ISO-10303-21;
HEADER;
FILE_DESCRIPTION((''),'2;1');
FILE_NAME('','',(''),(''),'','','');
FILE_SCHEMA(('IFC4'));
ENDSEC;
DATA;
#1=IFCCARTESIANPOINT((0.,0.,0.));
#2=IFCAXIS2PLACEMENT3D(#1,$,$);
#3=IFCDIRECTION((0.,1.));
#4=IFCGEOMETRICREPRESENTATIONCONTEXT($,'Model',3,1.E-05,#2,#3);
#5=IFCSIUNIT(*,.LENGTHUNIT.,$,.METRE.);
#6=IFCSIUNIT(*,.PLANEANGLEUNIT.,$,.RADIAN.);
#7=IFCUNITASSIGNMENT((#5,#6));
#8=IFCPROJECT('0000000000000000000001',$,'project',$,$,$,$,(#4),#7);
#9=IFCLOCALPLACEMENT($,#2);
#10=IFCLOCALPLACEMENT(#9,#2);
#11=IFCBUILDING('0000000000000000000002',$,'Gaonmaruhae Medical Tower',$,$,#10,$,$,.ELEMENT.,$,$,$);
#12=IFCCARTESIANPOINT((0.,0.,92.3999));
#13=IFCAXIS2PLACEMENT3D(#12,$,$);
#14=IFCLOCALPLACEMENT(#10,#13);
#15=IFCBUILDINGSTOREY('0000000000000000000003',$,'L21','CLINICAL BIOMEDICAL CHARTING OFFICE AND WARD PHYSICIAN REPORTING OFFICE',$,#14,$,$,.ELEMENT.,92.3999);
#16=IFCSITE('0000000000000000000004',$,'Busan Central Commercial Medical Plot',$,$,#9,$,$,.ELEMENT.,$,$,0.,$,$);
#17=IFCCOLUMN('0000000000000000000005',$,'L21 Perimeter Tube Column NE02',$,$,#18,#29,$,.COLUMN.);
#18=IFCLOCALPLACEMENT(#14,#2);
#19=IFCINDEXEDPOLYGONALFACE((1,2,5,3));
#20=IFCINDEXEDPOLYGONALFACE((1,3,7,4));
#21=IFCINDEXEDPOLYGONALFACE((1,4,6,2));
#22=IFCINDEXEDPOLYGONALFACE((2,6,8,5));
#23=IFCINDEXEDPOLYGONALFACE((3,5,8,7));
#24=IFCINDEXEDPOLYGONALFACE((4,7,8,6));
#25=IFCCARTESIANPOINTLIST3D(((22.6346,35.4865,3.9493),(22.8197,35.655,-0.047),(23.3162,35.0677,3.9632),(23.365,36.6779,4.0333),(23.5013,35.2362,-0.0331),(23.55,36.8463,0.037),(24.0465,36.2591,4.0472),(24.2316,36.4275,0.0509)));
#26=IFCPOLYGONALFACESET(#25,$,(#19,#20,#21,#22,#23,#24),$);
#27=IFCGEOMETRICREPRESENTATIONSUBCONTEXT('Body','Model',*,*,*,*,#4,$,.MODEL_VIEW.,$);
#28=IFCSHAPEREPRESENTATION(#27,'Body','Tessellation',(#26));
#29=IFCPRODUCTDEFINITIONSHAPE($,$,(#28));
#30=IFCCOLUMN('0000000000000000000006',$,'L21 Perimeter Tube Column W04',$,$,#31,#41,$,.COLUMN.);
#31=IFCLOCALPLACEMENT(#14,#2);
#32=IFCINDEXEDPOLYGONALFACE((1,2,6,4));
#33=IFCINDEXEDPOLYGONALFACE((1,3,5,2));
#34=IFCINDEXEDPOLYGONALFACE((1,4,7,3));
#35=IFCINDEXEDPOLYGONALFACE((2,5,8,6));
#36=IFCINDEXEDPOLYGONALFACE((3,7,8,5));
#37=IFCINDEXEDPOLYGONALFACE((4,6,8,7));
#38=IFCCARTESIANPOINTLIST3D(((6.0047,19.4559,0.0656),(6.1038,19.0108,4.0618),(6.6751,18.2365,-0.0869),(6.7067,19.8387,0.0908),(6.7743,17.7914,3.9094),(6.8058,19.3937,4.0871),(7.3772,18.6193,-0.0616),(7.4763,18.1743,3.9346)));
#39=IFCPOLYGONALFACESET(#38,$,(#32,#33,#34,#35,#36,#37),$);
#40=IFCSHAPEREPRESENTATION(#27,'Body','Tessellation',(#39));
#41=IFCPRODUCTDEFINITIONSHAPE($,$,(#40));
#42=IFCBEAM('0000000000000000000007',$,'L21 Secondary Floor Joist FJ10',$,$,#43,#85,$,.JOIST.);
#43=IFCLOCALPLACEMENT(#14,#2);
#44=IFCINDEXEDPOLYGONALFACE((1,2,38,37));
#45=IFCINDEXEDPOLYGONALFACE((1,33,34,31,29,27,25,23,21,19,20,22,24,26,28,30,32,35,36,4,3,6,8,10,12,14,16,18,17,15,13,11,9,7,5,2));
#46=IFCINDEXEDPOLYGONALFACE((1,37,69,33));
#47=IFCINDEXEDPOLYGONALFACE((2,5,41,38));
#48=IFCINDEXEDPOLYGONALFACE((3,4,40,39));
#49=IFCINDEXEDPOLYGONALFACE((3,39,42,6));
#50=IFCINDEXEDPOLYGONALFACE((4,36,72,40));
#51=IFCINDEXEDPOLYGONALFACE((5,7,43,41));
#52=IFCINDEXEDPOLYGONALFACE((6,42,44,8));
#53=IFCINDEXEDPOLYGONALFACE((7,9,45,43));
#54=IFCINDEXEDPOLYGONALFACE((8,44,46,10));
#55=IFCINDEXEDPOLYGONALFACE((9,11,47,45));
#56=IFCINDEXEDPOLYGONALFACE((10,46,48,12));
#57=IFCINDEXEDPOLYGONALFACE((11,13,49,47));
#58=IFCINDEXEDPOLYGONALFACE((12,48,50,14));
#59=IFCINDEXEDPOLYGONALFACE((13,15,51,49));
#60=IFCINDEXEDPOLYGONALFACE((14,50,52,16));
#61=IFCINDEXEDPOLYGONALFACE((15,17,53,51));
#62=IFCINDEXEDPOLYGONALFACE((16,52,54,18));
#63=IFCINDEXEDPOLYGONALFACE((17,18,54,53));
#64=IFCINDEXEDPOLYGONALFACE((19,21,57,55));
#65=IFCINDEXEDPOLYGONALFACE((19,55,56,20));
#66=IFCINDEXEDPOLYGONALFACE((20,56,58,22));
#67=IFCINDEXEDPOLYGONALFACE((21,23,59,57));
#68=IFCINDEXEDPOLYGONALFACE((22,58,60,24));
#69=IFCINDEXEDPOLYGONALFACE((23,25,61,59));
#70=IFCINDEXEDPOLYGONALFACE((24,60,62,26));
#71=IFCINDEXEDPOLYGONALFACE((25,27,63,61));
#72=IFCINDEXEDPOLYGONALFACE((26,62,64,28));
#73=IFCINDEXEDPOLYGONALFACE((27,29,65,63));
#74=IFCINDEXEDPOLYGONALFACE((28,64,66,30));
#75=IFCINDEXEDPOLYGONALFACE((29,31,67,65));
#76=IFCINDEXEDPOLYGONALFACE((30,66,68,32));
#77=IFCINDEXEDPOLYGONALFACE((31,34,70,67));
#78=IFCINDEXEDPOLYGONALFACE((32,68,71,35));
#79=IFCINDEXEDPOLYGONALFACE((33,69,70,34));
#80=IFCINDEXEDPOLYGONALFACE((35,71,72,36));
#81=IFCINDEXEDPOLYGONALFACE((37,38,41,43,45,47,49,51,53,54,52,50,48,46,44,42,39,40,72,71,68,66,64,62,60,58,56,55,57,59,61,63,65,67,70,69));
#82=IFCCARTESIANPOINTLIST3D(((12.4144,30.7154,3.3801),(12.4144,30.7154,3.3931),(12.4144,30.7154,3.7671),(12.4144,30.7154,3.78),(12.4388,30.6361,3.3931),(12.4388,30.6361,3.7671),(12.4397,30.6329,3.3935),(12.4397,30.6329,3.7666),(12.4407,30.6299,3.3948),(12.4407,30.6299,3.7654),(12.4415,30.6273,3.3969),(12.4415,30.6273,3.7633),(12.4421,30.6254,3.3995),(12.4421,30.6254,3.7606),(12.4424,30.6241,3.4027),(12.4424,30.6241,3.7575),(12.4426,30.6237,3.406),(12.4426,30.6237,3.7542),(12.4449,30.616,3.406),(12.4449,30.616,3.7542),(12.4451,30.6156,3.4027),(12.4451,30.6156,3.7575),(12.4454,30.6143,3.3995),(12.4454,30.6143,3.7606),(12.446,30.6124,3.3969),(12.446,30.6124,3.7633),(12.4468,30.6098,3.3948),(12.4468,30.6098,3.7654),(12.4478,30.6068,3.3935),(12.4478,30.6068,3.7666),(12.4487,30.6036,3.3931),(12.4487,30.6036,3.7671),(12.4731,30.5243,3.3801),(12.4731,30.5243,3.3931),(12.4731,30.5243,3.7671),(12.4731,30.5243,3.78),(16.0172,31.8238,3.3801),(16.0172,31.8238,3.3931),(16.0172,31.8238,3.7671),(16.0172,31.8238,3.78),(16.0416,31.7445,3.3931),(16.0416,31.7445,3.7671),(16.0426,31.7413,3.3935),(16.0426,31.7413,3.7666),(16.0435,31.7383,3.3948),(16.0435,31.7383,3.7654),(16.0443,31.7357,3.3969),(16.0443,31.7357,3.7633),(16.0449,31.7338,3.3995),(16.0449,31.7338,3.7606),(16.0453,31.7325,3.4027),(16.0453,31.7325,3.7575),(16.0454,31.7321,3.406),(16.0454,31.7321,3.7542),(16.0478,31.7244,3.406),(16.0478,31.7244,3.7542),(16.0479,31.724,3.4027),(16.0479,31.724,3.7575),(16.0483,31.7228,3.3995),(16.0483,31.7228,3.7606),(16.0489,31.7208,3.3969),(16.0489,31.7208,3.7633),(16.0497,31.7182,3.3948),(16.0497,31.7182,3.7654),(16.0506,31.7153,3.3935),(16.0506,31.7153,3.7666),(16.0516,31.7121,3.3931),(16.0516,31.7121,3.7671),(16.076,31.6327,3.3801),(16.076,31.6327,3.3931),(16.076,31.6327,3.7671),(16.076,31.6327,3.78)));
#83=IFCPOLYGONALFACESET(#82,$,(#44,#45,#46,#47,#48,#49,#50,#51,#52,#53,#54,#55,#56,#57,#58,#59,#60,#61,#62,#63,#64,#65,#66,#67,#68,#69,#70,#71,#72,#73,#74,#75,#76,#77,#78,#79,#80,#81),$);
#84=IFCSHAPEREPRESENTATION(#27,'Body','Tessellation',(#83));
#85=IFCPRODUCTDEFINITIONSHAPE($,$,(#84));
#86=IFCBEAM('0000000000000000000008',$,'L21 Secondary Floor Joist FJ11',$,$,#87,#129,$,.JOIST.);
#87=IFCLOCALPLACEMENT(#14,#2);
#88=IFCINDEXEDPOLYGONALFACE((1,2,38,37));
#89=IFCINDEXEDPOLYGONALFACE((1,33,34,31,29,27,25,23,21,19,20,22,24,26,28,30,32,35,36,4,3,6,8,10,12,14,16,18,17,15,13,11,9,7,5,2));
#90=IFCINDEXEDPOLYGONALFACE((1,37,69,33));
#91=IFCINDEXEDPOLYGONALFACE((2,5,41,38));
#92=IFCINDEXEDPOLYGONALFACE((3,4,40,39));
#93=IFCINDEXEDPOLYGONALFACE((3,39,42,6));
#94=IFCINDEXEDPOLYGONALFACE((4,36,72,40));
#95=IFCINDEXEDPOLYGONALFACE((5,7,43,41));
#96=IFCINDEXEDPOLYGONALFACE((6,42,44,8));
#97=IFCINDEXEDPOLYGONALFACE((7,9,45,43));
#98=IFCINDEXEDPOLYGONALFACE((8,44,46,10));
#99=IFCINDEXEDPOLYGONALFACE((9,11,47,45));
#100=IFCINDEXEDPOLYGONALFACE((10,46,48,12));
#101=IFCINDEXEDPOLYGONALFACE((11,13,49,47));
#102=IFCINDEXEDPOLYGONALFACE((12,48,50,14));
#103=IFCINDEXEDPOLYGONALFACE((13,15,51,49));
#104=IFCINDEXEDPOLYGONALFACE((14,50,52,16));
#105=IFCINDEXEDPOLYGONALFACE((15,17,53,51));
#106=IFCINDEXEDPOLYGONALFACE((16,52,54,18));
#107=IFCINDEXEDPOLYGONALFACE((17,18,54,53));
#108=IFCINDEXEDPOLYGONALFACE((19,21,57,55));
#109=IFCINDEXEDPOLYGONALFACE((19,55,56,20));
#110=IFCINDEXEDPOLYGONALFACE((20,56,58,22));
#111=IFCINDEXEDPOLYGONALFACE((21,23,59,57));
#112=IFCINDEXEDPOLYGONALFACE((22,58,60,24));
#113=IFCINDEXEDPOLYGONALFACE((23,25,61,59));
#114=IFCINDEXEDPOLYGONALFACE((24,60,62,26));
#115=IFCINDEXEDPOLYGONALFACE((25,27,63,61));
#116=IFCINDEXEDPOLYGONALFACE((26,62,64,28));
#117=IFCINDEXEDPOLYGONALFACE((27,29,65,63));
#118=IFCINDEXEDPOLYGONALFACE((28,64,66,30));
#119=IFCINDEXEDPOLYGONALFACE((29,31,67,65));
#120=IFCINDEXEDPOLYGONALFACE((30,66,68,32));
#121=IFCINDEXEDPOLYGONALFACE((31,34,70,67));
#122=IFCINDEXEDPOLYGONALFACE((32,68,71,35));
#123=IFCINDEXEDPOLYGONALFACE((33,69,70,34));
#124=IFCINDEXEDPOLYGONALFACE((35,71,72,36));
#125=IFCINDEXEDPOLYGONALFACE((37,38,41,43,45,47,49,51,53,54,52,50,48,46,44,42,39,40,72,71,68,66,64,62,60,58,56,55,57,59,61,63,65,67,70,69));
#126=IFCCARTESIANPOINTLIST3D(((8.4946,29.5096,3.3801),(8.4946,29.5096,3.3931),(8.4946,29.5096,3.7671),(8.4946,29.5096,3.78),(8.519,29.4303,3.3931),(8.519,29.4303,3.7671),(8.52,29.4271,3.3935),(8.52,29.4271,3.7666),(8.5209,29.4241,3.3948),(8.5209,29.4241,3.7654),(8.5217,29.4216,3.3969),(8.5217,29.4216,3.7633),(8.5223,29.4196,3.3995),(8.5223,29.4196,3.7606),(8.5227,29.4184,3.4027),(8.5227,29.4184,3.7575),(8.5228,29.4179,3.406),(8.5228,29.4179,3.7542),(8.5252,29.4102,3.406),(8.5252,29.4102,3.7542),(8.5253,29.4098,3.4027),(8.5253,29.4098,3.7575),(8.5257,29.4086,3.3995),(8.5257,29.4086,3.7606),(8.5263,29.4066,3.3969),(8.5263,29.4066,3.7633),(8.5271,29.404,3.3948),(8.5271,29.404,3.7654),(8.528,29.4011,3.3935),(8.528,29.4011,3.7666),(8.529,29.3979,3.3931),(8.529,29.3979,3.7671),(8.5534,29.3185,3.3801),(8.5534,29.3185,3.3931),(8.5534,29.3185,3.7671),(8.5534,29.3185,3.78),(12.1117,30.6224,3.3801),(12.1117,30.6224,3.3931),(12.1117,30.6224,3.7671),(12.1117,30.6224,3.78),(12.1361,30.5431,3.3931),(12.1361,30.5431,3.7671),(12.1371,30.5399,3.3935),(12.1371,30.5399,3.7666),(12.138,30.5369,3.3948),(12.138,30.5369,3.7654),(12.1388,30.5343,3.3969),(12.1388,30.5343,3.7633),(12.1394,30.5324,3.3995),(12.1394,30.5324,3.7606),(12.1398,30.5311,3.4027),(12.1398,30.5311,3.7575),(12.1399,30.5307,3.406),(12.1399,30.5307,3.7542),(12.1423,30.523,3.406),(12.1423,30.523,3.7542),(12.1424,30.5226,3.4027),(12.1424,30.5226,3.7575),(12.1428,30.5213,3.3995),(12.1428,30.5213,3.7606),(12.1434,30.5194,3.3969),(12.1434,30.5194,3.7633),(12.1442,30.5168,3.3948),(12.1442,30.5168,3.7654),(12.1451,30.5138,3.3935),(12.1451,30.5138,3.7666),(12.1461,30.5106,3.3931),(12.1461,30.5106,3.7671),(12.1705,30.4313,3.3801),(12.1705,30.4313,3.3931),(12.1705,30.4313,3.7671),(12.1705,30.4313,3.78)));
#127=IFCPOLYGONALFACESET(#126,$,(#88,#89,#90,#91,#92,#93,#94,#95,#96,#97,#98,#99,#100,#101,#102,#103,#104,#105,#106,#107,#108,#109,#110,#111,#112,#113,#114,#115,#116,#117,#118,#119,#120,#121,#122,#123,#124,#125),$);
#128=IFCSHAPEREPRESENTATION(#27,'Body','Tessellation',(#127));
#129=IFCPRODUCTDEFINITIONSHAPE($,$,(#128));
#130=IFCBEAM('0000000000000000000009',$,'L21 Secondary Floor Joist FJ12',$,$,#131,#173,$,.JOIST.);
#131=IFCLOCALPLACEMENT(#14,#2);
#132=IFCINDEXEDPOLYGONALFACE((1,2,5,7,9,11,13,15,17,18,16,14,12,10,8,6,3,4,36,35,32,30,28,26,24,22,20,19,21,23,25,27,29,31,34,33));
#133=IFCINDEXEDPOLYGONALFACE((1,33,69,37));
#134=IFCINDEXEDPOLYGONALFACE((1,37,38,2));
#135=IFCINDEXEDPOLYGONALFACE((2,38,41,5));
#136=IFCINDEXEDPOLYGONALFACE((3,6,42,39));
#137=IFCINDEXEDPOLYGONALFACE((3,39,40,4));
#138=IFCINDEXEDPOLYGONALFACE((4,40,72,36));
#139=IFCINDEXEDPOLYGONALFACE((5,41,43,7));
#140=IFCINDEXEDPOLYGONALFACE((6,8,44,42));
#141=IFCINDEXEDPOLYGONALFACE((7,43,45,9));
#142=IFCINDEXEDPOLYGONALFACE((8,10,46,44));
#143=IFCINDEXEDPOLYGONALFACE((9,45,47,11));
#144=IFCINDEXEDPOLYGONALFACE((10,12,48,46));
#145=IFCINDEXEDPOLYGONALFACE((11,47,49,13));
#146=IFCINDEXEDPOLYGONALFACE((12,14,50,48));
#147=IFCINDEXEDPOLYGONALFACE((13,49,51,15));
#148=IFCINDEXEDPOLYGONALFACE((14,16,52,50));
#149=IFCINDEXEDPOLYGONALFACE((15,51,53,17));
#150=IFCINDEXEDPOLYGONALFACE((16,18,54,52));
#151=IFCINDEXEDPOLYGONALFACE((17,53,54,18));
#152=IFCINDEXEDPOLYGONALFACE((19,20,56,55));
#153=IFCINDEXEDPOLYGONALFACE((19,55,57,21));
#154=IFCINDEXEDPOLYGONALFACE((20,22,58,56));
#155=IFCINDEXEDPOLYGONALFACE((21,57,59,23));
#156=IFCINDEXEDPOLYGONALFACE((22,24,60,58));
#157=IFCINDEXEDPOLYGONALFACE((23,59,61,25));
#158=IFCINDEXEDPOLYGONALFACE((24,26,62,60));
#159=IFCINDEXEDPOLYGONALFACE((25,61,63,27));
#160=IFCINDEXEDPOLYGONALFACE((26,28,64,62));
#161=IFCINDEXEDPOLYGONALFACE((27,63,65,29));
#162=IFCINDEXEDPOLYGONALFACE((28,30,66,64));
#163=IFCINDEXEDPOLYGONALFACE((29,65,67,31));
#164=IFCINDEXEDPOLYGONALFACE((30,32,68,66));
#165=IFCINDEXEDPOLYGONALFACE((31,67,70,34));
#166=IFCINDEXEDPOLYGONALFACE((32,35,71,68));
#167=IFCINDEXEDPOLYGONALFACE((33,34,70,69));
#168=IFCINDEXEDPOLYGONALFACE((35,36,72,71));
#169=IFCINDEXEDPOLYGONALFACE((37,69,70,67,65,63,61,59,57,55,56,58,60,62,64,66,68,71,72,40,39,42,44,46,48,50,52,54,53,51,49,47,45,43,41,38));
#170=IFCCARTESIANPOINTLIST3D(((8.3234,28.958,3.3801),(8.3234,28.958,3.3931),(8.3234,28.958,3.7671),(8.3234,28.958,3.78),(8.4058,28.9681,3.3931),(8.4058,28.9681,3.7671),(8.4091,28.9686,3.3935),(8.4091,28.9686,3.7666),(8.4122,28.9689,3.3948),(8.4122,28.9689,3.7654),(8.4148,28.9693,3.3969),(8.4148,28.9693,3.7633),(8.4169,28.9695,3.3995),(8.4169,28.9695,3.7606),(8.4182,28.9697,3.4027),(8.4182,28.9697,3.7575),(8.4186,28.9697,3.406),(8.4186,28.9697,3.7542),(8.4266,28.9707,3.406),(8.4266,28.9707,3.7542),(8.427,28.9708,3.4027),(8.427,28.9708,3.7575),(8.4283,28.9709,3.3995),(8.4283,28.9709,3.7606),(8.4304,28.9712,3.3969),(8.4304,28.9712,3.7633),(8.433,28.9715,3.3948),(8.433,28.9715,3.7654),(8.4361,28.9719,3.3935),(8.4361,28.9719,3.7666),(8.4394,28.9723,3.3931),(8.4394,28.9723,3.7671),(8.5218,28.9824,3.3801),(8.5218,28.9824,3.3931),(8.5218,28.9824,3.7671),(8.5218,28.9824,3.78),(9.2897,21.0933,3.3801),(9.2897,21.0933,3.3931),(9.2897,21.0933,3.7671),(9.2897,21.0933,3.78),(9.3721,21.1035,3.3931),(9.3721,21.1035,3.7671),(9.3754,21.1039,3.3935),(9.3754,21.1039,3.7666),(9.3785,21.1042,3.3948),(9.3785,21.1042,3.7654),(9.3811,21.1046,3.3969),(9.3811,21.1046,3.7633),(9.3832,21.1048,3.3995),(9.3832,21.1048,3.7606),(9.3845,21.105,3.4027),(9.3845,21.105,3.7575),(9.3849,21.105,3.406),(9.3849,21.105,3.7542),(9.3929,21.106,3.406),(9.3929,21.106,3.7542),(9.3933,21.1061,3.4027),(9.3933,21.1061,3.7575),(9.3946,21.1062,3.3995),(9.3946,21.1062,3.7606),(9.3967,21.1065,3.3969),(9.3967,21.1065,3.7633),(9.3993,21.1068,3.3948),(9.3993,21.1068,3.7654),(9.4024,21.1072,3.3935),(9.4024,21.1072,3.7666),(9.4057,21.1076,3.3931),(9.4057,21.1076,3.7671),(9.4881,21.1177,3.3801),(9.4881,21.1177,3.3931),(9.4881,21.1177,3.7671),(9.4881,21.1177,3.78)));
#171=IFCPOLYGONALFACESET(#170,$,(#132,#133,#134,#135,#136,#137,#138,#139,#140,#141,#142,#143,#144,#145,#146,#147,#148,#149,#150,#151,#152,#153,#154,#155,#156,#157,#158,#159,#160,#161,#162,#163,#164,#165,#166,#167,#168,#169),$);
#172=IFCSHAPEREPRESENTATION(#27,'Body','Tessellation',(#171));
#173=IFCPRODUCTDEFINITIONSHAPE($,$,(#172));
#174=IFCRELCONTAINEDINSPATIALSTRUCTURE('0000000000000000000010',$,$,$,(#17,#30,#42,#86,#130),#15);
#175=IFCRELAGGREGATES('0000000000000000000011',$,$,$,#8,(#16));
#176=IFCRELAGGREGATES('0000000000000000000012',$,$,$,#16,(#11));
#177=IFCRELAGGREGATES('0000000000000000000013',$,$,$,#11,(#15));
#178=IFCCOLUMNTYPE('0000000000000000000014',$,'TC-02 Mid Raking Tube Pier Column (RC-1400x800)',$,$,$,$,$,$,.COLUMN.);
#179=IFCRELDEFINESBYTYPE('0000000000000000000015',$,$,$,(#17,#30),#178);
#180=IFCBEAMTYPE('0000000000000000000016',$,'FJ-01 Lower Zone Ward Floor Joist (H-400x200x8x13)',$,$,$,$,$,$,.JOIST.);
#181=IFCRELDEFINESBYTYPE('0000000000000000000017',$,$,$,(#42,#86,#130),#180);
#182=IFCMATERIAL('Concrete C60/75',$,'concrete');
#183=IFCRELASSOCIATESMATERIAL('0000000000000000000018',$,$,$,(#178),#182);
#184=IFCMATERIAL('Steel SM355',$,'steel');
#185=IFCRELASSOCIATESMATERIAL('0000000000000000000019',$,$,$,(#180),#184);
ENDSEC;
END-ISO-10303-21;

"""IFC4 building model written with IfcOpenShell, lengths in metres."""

from ifc_helpers import new_model, si_unit, direction, frame, origin, origin_2d, place, context, subcontext, project, spatial, rectangle, i_section, extrude, material, material_profile, profile_set, type_object, element, save


model = new_model("IFC4")

# Units and contexts
model_context = context("Model", 3, precision=1e-05, world=origin(), true_north=direction((0.0, 1.0)))
body_context = subcontext(model_context, "Body", "Model", "MODEL_VIEW")
ifc_project = project(units=[si_unit("LENGTHUNIT", "METRE"), si_unit("PLANEANGLEUNIT", "RADIAN")], contexts=[model_context])

# Site, building, storey
site_placement = place(None, origin())
site = spatial("IfcSite", under=ifc_project, at=site_placement, Name="Busan Central Commercial Medical Plot", CompositionType="ELEMENT", RefElevation=0.0)
building_placement = place(site_placement, origin())
building = spatial("IfcBuilding", under=site, at=building_placement, Name="Gaonmaruhae Medical Tower", CompositionType="ELEMENT")
storey_placement = place(building_placement, frame((0.0, 0.0, 92.3999)))
storey = spatial("IfcBuildingStorey", under=building, at=storey_placement, Name="L21", Description="CLINICAL BIOMEDICAL CHARTING OFFICE AND WARD PHYSICIAN REPORTING OFFICE", CompositionType="ELEMENT", Elevation=92.3999)

# Columns
ifc_material_1 = material(Name="Concrete C60/75", Category="concrete")
ifc_material_profile_1 = material_profile(ifc_material_1, rectangle(XDim=1.3999, YDim=0.8, at=origin_2d()), Name="RC-1400x800")
ifc_profile_set_1 = profile_set([ifc_material_profile_1], Name="Concrete C60/75")
column_type = type_object("IfcColumnType", Name="TC-02 Mid Raking Tube Pier Column (RC-1400x800)", PredefinedType="COLUMN", material=ifc_profile_set_1)
column_1_placement = place(storey_placement, frame((23.5256, 36.0413, 0.002), z_axis=(-0.046217, -0.04207, 0.998045), x_axis=(0.521686, 0.851023, 0.060031)))
element("IfcColumn", 1, at=column_1_placement, inside=storey, type_object=column_type, Name="L21 Perimeter Tube Column NE02", PredefinedType="COLUMN", context=body_context, shape_type="SweptSolid", body=[
    extrude(rectangle(XDim=1.3999, YDim=0.8, at=origin_2d()), origin(), (0.0, 0.0, 1.0), 4.0042),
])
column_2_placement = place(storey_placement, frame((6.6909, 19.0376, 0.002), z_axis=(0.024643, -0.110651, 0.993554), x_axis=(-0.478961, 0.871057, 0.108888)))
element("IfcColumn", 2, at=column_2_placement, inside=storey, type_object=column_type, Name="L21 Perimeter Tube Column W04", PredefinedType="COLUMN", context=body_context, shape_type="SweptSolid", body=[
    extrude(rectangle(XDim=1.3999, YDim=0.8, at=origin_2d()), origin(), (0.0, 0.0, 1.0), 4.0222),
])

# Beams
ifc_material_2 = material(Name="Steel SM355", Category="steel")
ifc_material_profile_2 = material_profile(ifc_material_2, i_section(OverallWidth=0.2, OverallDepth=0.3999, WebThickness=0.0081, FlangeThickness=0.0129, FilletRadius=0.0129, at=origin_2d()), Name="H-400x200x8x13")
ifc_profile_set_2 = profile_set([ifc_material_profile_2], Name="Steel SM355")
beam_type_1 = type_object("IfcBeamType", Name="FJ-01 Lower Zone Ward Floor Joist (H-400x200x8x13)", PredefinedType="JOIST", material=ifc_profile_set_2)
beam_1_placement = place(storey_placement, frame((16.0466, 31.7283, 3.5801), z_axis=(-0.95579, -0.294049, 0.0), x_axis=(0.294049, -0.95579, 0.0)))
element("IfcBeam", 3, at=beam_1_placement, inside=storey, type_object=beam_type_1, Name="L21 Secondary Floor Joist FJ10", PredefinedType="JOIST", context=body_context, shape_type="SweptSolid", body=[
    extrude(i_section(OverallWidth=0.2, OverallDepth=0.3999, WebThickness=0.0081, FlangeThickness=0.0129, FilletRadius=0.0129, at=origin_2d()), origin(), (0.0, 0.0, 1.0), 3.7695),
])
beam_2_placement = place(storey_placement, frame((12.1411, 30.5269, 3.5801), z_axis=(-0.955793, -0.294041, 0.0), x_axis=(0.294041, -0.955793, 0.0)))
element("IfcBeam", 4, at=beam_2_placement, inside=storey, type_object=beam_type_1, Name="L21 Secondary Floor Joist FJ11", PredefinedType="JOIST", context=body_context, shape_type="SweptSolid", body=[
    extrude(i_section(OverallWidth=0.2, OverallDepth=0.3999, WebThickness=0.0081, FlangeThickness=0.0129, FilletRadius=0.0129, at=origin_2d()), origin(), (0.0, 0.0, 1.0), 3.7844),
])
beam_3_placement = place(storey_placement, frame((8.4226, 28.9702, 3.5801), z_axis=(0.121949, -0.992536, 0.0), x_axis=(0.992536, 0.121949, 0.0)))
element("IfcBeam", 5, at=beam_3_placement, inside=storey, type_object=beam_type_1, Name="L21 Secondary Floor Joist FJ12", PredefinedType="JOIST", context=body_context, shape_type="SweptSolid", body=[
    extrude(i_section(OverallWidth=0.2, OverallDepth=0.3999, WebThickness=0.0081, FlangeThickness=0.0129, FilletRadius=0.0129, at=origin_2d()), origin(), (0.0, 0.0, 1.0), 7.9238),
])

save(model, "model.ifc")
